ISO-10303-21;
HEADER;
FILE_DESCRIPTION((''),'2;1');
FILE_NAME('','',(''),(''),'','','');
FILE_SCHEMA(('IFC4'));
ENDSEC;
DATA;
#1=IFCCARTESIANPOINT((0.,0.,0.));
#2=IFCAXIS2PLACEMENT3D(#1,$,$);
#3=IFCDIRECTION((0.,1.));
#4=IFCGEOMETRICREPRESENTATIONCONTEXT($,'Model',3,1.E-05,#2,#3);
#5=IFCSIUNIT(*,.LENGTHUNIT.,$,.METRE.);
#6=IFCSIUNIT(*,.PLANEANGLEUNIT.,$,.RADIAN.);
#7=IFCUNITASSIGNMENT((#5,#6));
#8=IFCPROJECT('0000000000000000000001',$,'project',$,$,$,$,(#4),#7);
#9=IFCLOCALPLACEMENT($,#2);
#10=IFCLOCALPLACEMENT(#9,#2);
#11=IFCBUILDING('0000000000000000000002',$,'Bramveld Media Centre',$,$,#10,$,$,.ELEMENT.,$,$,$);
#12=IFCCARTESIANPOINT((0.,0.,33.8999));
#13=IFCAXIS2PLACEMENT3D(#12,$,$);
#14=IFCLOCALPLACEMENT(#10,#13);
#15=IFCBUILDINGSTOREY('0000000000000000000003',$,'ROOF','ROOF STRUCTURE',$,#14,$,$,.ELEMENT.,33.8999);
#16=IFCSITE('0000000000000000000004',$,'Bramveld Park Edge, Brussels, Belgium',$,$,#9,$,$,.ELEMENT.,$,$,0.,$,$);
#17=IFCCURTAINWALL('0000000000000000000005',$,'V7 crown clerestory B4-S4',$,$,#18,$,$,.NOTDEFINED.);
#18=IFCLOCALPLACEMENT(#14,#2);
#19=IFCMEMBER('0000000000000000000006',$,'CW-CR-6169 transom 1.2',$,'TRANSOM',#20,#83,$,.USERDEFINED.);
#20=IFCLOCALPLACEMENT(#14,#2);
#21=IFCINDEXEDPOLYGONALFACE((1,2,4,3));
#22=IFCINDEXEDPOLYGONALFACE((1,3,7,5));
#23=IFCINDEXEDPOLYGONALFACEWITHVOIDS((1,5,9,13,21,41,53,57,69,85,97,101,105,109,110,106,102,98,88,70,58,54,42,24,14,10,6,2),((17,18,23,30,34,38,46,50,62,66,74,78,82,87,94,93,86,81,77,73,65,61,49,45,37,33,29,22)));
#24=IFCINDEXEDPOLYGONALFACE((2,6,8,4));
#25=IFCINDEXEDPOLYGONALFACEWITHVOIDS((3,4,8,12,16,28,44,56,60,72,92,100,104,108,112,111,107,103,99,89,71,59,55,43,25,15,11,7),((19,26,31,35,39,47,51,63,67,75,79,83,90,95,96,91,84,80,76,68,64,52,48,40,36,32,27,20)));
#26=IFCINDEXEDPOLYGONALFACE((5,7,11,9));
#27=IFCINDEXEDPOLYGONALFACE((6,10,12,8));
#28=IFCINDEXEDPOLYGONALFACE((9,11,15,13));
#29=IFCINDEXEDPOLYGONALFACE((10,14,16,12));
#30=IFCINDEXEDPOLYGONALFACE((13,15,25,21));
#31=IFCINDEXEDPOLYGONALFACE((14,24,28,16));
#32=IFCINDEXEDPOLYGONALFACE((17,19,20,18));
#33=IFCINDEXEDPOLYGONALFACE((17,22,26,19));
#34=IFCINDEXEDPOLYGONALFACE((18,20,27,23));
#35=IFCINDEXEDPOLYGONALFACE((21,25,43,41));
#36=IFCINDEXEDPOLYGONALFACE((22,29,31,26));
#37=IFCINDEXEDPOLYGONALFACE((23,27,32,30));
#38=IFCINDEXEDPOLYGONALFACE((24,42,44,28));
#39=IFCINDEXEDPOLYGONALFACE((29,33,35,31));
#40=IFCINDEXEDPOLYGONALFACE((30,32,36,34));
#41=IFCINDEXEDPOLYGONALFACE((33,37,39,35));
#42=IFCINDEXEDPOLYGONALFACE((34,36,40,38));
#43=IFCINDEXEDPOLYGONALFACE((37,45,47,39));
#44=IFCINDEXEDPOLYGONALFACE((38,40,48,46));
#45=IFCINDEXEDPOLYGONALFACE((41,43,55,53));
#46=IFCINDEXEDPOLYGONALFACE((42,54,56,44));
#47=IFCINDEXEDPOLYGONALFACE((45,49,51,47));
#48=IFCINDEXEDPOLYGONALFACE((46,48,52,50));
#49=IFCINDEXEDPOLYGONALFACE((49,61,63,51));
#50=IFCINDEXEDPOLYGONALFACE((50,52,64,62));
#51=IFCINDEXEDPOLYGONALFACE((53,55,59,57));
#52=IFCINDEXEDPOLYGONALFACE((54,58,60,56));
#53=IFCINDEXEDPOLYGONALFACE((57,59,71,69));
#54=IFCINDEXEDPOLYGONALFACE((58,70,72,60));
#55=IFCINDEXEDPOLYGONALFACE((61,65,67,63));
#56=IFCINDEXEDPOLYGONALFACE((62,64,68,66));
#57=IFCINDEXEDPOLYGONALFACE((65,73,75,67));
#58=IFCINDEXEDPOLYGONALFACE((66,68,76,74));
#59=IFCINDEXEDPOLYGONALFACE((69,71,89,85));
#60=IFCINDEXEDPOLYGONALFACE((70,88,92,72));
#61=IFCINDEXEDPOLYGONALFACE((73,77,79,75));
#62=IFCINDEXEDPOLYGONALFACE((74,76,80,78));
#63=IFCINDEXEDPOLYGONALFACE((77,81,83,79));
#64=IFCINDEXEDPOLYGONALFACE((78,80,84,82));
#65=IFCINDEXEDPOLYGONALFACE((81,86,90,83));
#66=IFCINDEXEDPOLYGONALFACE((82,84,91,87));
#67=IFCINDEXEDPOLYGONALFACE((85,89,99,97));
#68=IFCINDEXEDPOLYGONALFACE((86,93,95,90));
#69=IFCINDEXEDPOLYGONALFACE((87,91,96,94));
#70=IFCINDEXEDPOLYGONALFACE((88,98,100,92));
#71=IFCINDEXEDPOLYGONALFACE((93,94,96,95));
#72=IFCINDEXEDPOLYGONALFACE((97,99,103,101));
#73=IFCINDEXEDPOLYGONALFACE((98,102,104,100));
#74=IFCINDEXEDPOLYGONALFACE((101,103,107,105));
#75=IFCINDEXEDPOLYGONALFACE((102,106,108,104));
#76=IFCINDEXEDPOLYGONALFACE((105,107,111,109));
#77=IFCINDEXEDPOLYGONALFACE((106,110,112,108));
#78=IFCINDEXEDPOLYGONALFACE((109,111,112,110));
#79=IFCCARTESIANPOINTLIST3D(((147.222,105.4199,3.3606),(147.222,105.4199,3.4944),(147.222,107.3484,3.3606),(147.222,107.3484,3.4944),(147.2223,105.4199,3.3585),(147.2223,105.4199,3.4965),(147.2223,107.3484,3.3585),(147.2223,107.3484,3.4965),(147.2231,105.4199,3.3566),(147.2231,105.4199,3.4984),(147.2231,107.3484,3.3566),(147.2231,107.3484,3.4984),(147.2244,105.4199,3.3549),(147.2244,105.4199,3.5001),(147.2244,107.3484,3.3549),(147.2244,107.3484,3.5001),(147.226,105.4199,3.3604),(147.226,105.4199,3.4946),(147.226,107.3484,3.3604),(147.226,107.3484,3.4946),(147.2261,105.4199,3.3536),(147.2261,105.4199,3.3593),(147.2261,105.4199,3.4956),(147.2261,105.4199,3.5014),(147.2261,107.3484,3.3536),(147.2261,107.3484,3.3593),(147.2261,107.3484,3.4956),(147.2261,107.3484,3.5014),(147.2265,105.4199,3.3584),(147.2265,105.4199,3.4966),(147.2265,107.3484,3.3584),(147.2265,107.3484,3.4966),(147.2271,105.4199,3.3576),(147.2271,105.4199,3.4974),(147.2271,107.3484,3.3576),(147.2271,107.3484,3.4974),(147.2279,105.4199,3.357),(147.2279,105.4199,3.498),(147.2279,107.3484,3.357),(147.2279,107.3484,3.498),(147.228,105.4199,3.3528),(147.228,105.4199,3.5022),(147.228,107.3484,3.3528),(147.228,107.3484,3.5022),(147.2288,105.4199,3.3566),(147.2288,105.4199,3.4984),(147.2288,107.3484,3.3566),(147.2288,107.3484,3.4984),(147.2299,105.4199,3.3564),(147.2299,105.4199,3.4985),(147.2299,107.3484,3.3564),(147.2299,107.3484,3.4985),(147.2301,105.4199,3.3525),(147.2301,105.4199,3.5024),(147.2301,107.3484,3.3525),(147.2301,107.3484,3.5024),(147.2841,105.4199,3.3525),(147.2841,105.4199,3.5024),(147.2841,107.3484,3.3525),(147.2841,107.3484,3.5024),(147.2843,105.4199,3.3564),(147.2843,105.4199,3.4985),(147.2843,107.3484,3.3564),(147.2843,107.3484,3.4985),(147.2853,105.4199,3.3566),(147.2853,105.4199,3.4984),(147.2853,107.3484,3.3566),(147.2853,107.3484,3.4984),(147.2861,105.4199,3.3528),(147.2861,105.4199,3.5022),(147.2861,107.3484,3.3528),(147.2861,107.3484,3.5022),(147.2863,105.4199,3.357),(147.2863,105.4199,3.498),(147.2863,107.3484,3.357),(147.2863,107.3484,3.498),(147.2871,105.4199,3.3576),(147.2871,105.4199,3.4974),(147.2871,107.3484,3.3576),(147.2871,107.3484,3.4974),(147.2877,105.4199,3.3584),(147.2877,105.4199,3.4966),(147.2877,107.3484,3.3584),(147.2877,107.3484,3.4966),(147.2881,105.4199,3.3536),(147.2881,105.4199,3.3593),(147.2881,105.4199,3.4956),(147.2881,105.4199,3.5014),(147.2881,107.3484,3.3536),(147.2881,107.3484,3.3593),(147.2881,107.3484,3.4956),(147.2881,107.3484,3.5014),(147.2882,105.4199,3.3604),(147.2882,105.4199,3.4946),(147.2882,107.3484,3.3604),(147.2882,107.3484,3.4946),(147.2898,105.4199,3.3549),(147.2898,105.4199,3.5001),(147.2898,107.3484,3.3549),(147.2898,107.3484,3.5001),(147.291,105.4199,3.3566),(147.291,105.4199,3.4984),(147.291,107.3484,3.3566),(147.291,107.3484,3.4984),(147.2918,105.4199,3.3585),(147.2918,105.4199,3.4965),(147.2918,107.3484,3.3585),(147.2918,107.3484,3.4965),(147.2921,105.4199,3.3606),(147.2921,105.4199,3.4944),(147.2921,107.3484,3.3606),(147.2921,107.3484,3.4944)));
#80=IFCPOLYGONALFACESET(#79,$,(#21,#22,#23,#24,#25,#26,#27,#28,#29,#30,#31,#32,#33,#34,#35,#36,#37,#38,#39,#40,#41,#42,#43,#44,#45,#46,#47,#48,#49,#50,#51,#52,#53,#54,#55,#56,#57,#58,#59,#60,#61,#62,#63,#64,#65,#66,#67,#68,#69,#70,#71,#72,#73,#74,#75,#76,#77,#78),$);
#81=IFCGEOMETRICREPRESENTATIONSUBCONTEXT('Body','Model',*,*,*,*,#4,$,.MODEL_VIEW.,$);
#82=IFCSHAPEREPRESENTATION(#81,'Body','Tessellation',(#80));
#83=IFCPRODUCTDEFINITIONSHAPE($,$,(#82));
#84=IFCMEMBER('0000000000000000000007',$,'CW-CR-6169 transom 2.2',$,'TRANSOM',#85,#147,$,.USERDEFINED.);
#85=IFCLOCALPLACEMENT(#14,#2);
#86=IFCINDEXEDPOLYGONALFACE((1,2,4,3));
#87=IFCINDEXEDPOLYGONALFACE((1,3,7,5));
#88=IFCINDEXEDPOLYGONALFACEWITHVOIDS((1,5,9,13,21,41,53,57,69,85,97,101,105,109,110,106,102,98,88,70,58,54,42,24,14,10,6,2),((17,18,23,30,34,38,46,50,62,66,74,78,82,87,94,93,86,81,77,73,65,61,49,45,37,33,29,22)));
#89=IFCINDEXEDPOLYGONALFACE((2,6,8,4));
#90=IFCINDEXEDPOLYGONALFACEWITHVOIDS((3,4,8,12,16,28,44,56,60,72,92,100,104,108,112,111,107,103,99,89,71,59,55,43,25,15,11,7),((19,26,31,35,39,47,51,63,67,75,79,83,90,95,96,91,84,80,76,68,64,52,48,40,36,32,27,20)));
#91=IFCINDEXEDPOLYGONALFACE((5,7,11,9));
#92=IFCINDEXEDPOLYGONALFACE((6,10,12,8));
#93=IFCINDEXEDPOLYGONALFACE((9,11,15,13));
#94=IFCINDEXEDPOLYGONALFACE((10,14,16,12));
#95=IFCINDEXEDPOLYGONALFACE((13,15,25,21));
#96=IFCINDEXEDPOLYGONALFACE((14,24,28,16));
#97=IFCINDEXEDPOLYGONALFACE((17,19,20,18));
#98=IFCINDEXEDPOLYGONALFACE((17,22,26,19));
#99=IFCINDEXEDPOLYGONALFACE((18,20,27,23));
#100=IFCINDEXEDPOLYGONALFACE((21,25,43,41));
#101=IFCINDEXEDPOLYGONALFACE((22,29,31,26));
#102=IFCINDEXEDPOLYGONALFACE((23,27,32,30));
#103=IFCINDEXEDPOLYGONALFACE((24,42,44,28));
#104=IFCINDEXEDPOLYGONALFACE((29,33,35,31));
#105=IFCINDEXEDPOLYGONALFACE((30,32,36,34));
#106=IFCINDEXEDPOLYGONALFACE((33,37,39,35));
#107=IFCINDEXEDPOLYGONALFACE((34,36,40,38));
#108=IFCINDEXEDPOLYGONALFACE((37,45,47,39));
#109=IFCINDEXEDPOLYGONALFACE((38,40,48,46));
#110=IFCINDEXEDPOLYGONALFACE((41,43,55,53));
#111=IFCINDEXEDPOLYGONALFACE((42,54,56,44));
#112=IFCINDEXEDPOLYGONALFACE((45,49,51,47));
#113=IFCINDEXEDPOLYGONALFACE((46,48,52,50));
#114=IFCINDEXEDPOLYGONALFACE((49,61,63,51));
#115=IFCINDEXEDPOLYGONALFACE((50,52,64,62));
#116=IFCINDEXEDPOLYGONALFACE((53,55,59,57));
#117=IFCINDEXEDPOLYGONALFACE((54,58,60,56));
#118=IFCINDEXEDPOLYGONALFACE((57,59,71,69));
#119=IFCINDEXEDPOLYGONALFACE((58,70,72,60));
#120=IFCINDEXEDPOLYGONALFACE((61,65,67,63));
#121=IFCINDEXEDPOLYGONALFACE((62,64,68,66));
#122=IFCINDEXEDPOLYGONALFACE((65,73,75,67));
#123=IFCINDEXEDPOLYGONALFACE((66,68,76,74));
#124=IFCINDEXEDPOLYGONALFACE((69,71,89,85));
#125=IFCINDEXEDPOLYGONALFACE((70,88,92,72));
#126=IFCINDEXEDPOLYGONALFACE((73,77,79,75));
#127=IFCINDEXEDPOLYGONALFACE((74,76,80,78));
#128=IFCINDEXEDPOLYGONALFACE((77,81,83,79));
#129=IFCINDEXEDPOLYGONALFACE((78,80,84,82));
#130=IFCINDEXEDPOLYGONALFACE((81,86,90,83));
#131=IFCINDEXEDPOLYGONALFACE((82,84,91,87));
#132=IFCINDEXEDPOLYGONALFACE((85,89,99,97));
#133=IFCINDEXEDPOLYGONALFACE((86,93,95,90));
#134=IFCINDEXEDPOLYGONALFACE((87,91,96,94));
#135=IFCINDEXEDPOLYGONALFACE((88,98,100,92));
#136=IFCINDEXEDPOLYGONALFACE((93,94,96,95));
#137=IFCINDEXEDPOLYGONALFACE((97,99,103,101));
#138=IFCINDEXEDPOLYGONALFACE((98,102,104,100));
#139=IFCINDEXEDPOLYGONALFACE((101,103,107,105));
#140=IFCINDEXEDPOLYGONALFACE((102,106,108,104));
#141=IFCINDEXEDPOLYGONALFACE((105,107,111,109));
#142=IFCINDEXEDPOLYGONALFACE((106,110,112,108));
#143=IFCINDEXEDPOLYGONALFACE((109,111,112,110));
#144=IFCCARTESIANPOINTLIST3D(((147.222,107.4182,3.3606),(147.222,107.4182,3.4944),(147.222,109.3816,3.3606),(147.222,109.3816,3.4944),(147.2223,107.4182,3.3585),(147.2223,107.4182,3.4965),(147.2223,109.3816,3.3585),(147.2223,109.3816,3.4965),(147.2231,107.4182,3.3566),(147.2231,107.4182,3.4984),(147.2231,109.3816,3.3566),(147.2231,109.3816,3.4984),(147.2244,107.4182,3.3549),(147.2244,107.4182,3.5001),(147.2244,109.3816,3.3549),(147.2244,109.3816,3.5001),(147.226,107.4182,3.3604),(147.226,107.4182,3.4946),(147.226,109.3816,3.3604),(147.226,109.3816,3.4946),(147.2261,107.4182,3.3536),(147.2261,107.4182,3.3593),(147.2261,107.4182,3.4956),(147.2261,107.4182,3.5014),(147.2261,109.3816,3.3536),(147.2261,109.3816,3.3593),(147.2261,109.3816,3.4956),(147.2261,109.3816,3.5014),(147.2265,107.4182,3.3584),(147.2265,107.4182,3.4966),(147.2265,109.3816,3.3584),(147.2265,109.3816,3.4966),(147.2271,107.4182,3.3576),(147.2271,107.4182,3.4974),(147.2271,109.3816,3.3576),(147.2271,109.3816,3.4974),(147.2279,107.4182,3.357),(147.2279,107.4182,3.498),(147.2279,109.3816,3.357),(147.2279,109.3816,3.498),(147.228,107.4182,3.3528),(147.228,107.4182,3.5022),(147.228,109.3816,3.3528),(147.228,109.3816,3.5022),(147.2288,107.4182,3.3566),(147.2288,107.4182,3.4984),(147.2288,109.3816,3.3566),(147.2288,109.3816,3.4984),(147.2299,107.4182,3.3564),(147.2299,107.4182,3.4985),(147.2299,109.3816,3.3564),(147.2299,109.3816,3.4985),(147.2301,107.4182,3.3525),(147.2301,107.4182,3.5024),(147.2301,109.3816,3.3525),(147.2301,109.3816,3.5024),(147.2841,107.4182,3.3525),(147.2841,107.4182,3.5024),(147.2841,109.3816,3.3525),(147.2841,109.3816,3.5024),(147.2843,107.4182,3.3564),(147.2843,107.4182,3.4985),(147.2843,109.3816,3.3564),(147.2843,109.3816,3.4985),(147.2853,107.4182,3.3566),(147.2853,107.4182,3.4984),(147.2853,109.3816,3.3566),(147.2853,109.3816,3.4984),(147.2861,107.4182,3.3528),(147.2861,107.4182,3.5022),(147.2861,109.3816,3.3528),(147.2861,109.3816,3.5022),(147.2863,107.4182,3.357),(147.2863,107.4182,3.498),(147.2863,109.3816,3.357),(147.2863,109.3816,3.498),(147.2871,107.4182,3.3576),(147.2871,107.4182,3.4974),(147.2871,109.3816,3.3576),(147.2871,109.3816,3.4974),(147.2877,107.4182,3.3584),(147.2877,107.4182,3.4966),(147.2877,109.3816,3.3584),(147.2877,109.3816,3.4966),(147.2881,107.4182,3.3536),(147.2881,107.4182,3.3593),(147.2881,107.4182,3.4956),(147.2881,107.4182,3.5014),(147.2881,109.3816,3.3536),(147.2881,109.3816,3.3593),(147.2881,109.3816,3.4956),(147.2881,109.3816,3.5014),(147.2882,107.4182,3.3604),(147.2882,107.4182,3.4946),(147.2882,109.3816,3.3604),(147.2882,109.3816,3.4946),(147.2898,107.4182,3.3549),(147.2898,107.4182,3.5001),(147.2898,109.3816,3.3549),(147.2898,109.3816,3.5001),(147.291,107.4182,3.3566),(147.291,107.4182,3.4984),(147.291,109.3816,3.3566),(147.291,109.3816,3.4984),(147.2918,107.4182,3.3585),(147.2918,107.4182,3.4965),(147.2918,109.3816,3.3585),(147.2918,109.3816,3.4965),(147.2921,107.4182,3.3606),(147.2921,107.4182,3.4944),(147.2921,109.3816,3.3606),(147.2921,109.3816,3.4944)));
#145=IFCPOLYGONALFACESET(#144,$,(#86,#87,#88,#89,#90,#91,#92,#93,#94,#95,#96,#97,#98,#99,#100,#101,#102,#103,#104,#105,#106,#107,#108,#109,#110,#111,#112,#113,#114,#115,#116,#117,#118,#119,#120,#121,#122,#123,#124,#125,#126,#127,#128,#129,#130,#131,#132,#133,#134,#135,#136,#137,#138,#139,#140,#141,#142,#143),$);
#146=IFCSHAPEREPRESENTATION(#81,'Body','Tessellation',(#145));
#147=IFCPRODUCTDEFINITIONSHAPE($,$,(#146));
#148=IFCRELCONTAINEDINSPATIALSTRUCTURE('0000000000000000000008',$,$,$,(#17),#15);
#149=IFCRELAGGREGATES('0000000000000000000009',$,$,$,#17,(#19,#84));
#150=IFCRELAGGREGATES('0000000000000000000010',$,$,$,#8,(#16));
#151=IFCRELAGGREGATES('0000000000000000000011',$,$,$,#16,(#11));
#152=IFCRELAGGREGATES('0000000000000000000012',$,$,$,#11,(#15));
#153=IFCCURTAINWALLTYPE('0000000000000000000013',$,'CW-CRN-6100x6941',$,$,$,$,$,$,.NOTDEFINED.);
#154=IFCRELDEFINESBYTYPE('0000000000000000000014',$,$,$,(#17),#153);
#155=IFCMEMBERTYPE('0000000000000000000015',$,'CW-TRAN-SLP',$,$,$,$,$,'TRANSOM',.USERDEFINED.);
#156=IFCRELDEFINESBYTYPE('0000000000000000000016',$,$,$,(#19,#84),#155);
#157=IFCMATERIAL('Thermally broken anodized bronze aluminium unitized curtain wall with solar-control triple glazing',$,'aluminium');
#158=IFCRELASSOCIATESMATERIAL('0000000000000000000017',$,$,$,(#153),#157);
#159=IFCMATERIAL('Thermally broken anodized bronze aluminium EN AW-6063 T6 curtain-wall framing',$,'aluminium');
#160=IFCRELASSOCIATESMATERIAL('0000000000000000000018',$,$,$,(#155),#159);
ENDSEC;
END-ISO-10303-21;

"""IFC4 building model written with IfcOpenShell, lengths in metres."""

from ifc_helpers import new_model, si_unit, direction, frame, origin, origin_2d, place, context, subcontext, project, spatial, hollow_rectangle, extrude, material, material_profile, profile_set, type_object, element, aggregate, save


model = new_model("IFC4")

# Units and contexts
model_context = context("Model", 3, precision=1e-05, world=origin(), true_north=direction((0.0, 1.0)))
body_context = subcontext(model_context, "Body", "Model", "MODEL_VIEW")
ifc_project = project(units=[si_unit("LENGTHUNIT", "METRE"), si_unit("PLANEANGLEUNIT", "RADIAN")], contexts=[model_context])

# Site, building, storey
site_placement = place(None, origin())
site = spatial("IfcSite", under=ifc_project, at=site_placement, Name="Bramveld Park Edge, Brussels, Belgium", CompositionType="ELEMENT", RefElevation=0.0)
building_placement = place(site_placement, origin())
building = spatial("IfcBuilding", under=site, at=building_placement, Name="Bramveld Media Centre", CompositionType="ELEMENT")
storey_placement = place(building_placement, frame((0.0, 0.0, 33.8999)))
storey = spatial("IfcBuildingStorey", under=building, at=storey_placement, Name="ROOF", Description="ROOF STRUCTURE", CompositionType="ELEMENT", Elevation=33.8999)

# Curtain wall, members
ifc_material_1 = material(Name="Thermally broken anodized bronze aluminium unitized curtain wall with solar-control triple glazing", Category="aluminium")
curtain_wall_type = type_object("IfcCurtainWallType", Name="CW-CRN-6100x6941", PredefinedType="NOTDEFINED", material=ifc_material_1)
curtain_wall_1_placement = place(storey_placement, origin())
curtain_wall_1 = element("IfcCurtainWall", 1, at=curtain_wall_1_placement, inside=storey, type_object=curtain_wall_type, Name="V7 crown clerestory B4-S4", PredefinedType="NOTDEFINED")
ifc_material_2 = material(Name="Thermally broken anodized bronze aluminium EN AW-6063 T6 curtain-wall framing", Category="aluminium")
ifc_material_profile = material_profile(ifc_material_2, hollow_rectangle(XDim=0.0701, YDim=0.1499, WallThickness=0.0039, InnerFilletRadius=0.0039, OuterFilletRadius=0.0081, at=origin_2d()), Name="AL-TRAN 70x150")
ifc_profile_set = profile_set([ifc_material_profile], Name="Thermally broken anodized bronze aluminium EN AW-6063 T6 curtain-wall framing")
member_type = type_object("IfcMemberType", Name="CW-TRAN-SLP", ElementType="TRANSOM", PredefinedType="USERDEFINED", material=ifc_profile_set)
member_1_placement = place(storey_placement, frame((147.2571, 105.4199, 3.4275), z_axis=(0.0, 1.0, 0.0), x_axis=(-1.0, 0.0, 0.0)))
member_1 = element("IfcMember", 2, at=member_1_placement, type_object=member_type, Name="CW-CR-6169 transom 1.2", ObjectType="TRANSOM", PredefinedType="USERDEFINED", context=body_context, shape_type="SweptSolid", body=[
    extrude(hollow_rectangle(XDim=0.0701, YDim=0.1499, WallThickness=0.0039, InnerFilletRadius=0.0039, OuterFilletRadius=0.0081, at=origin_2d()), origin(), (0.0, 0.0, 1.0), 1.9285),
])
member_2_placement = place(storey_placement, frame((147.2571, 107.4182, 3.4275), z_axis=(0.0, 1.0, 0.0), x_axis=(-1.0, 0.0, 0.0)))
member_2 = element("IfcMember", 3, at=member_2_placement, type_object=member_type, Name="CW-CR-6169 transom 2.2", ObjectType="TRANSOM", PredefinedType="USERDEFINED", context=body_context, shape_type="SweptSolid", body=[
    extrude(hollow_rectangle(XDim=0.0701, YDim=0.1499, WallThickness=0.0039, InnerFilletRadius=0.0039, OuterFilletRadius=0.0081, at=origin_2d()), origin(), (0.0, 0.0, 1.0), 1.9634),
])

aggregate(curtain_wall_1, [member_1, member_2])

save(model, "model.ifc")
